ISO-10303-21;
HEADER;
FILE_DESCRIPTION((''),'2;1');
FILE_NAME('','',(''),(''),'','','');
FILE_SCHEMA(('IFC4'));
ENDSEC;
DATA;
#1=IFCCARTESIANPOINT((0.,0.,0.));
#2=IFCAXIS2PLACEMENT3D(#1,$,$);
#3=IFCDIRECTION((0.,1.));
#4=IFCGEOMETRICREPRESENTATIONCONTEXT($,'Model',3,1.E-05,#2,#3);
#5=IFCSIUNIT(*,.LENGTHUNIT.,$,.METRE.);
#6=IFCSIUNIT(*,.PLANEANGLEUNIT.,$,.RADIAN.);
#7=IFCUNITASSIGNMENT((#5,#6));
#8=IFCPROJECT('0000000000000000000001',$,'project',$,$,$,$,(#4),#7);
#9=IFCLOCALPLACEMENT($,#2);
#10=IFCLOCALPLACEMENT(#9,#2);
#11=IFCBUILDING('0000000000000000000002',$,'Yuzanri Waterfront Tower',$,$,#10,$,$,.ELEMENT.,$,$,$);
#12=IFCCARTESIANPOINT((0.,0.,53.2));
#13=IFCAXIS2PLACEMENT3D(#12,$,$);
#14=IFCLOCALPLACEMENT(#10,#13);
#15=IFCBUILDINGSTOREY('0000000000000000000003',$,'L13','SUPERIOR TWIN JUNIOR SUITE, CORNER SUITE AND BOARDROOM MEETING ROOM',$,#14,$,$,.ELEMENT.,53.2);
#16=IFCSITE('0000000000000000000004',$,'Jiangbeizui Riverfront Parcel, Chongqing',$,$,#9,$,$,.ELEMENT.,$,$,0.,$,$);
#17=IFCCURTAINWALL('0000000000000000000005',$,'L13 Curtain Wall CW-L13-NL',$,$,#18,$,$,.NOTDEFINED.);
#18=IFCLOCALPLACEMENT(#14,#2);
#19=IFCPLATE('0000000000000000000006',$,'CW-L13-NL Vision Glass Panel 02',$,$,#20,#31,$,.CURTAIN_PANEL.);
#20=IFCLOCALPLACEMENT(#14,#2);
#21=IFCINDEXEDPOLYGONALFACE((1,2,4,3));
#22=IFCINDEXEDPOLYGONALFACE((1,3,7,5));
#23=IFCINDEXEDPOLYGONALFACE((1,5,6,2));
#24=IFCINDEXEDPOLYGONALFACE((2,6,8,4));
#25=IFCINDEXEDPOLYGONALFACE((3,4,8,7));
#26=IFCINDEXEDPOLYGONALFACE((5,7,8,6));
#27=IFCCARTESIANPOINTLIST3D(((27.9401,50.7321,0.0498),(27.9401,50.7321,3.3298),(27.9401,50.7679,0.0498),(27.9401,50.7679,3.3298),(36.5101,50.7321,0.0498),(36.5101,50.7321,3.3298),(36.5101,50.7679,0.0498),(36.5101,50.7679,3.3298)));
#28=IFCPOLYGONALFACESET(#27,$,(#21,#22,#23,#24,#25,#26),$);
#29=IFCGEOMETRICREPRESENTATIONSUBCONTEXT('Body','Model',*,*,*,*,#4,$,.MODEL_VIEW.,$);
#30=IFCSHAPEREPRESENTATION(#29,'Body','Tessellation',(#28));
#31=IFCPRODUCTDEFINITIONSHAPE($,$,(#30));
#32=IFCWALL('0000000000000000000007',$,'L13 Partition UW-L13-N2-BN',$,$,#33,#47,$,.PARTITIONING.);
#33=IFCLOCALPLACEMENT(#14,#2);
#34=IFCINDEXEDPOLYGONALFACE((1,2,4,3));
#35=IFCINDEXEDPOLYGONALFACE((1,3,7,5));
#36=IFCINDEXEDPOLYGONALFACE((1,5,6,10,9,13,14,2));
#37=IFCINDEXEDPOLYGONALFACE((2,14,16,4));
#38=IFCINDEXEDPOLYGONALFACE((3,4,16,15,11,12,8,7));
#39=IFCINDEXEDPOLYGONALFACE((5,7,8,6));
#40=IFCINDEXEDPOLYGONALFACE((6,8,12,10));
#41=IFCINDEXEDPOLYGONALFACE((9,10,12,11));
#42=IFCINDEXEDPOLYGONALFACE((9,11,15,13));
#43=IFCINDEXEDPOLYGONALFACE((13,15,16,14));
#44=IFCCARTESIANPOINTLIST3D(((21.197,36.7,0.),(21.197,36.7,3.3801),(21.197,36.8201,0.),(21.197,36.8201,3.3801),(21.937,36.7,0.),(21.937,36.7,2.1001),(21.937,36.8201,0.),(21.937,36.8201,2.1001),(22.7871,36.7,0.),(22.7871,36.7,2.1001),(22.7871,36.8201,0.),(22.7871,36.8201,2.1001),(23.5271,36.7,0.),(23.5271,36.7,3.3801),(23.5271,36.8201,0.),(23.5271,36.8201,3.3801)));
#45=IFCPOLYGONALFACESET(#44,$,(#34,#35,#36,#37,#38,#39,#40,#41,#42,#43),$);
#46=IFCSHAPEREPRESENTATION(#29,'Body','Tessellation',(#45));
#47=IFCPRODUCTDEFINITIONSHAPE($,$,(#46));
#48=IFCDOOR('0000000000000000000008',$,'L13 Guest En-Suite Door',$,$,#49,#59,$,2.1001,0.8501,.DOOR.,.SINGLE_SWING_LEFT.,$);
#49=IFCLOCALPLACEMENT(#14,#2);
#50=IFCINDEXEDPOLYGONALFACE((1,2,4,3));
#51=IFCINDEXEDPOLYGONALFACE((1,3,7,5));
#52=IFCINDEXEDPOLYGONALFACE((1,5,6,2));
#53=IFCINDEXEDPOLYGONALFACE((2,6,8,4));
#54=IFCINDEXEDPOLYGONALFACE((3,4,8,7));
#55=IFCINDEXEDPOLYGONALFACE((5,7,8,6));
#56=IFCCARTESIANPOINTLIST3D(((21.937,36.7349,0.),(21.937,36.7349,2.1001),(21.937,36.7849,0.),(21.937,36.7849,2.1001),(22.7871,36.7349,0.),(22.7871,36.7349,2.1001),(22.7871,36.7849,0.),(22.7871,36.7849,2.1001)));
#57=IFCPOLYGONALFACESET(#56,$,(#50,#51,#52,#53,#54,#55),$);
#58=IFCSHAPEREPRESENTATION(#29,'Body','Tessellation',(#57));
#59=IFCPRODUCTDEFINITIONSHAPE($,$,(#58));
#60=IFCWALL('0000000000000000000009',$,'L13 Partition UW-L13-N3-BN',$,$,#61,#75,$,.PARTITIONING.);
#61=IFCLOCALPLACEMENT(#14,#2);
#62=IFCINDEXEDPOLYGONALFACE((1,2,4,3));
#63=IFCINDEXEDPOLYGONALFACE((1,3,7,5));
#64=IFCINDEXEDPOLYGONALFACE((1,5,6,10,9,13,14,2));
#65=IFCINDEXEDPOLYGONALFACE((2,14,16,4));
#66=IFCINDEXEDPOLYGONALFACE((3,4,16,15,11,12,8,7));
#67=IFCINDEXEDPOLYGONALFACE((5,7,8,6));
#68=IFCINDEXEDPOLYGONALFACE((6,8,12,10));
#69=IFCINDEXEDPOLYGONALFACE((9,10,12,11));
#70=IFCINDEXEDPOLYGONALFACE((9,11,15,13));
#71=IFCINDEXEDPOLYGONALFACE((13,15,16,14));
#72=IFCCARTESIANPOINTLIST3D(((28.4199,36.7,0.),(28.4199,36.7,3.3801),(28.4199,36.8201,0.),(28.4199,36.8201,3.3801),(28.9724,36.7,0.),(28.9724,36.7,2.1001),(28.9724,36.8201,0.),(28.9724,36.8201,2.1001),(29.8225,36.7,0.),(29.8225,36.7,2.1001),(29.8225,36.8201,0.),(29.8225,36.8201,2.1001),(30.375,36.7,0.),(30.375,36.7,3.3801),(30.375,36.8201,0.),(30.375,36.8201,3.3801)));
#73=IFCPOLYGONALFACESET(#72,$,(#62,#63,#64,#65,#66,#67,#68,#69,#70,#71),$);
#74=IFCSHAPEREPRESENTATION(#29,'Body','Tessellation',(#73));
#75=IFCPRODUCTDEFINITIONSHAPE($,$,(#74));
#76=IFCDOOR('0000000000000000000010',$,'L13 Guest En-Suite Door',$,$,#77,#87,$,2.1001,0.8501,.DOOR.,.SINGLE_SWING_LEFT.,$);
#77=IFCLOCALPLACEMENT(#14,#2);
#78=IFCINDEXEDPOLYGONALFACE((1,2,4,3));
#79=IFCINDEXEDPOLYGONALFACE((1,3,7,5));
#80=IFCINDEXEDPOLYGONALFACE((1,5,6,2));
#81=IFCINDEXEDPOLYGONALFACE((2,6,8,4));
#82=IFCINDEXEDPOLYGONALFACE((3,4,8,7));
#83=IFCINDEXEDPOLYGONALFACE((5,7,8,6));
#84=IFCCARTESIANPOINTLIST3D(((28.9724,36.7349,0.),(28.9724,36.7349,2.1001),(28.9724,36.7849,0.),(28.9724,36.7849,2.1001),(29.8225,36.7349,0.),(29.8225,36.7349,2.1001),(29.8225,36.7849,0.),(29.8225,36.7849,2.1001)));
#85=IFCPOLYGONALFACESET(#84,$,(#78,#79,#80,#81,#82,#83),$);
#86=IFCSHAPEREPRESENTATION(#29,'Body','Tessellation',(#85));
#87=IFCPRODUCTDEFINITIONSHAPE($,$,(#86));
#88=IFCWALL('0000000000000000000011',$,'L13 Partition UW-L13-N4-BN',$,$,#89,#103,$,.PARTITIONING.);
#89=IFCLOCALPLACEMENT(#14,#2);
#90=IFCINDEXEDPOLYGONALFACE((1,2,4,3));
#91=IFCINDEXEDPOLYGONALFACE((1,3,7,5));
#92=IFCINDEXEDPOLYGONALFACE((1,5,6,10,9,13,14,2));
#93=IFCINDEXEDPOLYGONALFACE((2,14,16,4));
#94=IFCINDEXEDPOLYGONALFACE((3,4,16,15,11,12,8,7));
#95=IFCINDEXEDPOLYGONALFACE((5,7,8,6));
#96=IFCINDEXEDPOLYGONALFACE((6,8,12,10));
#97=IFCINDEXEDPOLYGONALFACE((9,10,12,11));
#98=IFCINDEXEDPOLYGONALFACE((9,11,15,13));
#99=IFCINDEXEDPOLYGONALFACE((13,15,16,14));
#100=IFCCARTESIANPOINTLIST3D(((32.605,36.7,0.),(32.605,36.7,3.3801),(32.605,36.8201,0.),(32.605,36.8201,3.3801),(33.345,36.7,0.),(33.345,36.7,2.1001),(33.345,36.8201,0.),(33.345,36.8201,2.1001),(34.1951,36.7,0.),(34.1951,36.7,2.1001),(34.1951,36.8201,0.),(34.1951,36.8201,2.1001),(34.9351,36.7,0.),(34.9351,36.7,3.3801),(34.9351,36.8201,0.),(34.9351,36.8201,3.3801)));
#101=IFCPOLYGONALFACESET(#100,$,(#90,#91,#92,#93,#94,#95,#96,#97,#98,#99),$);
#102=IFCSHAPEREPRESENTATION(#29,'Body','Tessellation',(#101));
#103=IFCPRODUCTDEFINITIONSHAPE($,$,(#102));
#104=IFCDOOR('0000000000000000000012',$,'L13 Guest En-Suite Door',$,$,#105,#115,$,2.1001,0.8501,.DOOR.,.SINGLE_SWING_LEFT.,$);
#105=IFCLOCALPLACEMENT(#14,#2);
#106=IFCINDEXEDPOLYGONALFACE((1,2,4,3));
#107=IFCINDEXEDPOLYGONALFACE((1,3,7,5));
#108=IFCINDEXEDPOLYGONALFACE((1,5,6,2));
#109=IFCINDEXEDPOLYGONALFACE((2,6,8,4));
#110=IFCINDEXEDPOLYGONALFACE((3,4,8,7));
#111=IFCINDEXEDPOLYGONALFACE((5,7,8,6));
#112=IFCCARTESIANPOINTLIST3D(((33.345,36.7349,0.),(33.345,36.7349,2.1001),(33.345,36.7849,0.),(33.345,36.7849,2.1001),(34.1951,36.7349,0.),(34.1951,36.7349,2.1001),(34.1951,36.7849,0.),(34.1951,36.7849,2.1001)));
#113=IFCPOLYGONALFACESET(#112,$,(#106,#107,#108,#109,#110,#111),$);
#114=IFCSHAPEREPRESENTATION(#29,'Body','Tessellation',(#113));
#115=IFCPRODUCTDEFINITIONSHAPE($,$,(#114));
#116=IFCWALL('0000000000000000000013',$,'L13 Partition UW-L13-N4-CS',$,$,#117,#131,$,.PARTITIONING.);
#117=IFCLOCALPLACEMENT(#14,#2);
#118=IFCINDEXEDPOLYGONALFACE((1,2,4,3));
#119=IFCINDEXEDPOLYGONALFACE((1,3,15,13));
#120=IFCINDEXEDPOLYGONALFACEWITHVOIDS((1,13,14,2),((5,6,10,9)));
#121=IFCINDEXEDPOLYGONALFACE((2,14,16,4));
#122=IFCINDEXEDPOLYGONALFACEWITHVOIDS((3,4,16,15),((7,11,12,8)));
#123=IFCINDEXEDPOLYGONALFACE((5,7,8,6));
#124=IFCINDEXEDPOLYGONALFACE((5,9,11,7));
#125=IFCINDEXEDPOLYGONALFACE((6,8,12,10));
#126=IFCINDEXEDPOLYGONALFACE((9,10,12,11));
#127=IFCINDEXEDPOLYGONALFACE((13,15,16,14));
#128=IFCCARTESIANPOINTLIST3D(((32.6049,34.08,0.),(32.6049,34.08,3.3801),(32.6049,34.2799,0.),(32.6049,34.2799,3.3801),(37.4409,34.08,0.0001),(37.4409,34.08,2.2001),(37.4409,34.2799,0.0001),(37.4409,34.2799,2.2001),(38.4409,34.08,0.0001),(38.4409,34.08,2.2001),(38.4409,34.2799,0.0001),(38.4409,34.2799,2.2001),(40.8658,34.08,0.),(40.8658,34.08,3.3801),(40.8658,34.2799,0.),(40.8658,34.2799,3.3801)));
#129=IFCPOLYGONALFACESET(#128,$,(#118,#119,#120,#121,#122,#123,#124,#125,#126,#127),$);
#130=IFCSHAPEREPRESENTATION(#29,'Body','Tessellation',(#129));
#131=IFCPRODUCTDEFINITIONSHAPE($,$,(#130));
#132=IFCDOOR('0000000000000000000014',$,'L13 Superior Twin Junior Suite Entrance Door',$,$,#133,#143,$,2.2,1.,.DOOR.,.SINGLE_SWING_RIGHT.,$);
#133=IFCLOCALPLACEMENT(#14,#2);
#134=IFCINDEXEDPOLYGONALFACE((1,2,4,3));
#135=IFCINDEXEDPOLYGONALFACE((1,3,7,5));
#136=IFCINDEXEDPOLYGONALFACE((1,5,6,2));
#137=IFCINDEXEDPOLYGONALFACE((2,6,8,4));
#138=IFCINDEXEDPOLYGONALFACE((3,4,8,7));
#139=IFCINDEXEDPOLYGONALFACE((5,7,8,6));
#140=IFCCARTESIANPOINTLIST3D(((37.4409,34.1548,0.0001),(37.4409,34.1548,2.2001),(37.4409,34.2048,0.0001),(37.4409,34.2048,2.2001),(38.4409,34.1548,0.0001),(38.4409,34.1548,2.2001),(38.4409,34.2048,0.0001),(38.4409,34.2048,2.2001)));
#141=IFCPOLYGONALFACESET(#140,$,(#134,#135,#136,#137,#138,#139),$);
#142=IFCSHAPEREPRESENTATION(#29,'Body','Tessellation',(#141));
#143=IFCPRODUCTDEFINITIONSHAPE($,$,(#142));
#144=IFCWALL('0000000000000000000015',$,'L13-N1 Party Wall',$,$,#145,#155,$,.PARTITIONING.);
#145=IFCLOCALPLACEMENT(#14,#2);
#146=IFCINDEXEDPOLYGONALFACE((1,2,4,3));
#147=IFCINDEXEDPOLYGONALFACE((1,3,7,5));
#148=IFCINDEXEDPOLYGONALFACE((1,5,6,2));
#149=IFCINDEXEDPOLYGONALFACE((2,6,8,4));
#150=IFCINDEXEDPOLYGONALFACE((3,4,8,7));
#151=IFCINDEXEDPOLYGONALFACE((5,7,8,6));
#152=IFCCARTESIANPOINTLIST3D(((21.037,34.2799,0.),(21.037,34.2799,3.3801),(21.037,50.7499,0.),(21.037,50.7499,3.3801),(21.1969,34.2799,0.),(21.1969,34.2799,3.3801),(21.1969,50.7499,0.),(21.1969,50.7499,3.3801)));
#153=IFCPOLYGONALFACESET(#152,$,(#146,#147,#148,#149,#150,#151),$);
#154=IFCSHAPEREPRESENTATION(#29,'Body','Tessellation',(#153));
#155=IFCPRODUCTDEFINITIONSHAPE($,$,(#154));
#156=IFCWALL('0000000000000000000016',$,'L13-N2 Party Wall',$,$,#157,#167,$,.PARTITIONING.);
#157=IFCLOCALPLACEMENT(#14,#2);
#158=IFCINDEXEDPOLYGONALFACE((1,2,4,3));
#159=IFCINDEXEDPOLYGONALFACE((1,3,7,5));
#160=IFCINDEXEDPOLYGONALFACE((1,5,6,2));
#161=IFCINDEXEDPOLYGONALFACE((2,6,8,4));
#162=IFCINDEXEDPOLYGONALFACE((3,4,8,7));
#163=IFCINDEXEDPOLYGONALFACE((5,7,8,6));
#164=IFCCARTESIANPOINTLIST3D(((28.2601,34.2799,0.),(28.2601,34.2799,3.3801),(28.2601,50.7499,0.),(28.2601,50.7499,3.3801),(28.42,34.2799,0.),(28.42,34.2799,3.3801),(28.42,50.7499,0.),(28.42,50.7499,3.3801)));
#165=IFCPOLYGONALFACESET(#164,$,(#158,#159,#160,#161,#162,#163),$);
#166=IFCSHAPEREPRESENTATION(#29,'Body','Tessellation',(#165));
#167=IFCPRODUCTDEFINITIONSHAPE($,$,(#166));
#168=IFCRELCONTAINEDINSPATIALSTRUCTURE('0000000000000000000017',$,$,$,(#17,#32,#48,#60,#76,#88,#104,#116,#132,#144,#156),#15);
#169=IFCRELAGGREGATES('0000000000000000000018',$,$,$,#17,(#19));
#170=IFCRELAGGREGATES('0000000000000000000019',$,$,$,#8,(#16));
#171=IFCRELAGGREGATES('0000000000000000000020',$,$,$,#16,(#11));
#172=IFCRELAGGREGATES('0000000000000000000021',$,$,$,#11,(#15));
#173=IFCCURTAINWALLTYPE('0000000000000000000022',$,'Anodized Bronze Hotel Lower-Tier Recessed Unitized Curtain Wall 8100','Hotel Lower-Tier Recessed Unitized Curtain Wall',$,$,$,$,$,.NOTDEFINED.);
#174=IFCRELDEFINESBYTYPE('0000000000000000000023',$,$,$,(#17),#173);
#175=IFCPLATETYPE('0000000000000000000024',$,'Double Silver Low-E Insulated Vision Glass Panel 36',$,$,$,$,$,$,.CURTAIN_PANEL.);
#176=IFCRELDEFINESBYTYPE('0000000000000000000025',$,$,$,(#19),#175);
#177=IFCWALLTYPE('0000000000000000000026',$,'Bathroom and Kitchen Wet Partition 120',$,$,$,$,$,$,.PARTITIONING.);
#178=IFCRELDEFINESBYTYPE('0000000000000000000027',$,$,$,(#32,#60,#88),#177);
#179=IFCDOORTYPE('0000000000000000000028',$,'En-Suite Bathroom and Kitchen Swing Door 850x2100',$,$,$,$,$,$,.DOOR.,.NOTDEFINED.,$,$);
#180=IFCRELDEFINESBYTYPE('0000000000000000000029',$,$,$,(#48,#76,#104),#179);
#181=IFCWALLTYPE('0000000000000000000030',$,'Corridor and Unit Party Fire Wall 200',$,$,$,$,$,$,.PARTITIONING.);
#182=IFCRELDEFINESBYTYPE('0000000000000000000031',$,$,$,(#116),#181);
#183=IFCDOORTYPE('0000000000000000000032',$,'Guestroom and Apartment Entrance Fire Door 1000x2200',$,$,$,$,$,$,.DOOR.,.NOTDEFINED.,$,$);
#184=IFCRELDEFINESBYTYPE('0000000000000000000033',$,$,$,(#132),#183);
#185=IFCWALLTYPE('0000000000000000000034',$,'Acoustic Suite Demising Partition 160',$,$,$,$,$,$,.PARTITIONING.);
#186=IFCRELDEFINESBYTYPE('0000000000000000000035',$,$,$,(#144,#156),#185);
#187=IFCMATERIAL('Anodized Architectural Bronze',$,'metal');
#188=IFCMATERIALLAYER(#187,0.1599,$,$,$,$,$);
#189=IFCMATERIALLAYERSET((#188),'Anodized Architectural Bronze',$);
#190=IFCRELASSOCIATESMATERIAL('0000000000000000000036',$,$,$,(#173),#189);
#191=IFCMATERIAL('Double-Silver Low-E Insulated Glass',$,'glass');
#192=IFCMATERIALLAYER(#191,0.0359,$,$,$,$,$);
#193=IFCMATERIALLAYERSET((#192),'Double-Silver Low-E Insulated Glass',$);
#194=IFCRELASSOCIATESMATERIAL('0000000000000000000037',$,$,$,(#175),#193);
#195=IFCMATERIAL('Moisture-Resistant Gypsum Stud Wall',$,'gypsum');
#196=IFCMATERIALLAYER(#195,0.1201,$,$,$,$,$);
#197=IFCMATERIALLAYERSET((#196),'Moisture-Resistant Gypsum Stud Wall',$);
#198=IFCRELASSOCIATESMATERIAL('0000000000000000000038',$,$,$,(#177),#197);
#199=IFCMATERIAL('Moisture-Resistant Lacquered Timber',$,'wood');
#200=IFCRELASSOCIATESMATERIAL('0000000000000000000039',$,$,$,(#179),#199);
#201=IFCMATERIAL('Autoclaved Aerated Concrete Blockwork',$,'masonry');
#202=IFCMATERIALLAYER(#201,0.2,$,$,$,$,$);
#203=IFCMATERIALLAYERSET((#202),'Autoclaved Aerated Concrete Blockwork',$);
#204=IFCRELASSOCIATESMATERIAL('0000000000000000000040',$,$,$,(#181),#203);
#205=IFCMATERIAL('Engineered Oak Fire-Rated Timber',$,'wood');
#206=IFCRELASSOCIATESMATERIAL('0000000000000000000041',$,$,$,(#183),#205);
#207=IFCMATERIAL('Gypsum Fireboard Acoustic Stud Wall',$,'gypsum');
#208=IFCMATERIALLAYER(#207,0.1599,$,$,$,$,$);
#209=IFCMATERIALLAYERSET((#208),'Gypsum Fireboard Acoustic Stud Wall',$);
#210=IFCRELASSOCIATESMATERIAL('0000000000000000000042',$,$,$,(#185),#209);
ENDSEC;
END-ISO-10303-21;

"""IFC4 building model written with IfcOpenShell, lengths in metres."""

from ifc_helpers import new_model, si_unit, direction, frame, frame_2d, origin, origin_2d, place, context, subcontext, project, spatial, rectangle, extrude, source, transform, mapped, material, layer, layer_set, type_object, element, fill, aggregate, save


model = new_model("IFC4")

# Units and contexts
model_context = context("Model", 3, precision=1e-05, world=origin(), true_north=direction((0.0, 1.0)))
body_context = subcontext(model_context, "Body", "Model", "MODEL_VIEW")
ifc_project = project(units=[si_unit("LENGTHUNIT", "METRE"), si_unit("PLANEANGLEUNIT", "RADIAN")], contexts=[model_context])

# Site, building, storey
site_placement = place(None, origin())
site = spatial("IfcSite", under=ifc_project, at=site_placement, Name="Jiangbeizui Riverfront Parcel, Chongqing", CompositionType="ELEMENT", RefElevation=0.0)
building_placement = place(site_placement, origin())
building = spatial("IfcBuilding", under=site, at=building_placement, Name="Yuzanri Waterfront Tower", CompositionType="ELEMENT")
storey_placement = place(building_placement, frame((0.0, 0.0, 53.2)))
storey = spatial("IfcBuildingStorey", under=building, at=storey_placement, Name="L13", Description="SUPERIOR TWIN JUNIOR SUITE, CORNER SUITE AND BOARDROOM MEETING ROOM", CompositionType="ELEMENT", Elevation=53.2)

# Curtain wall, plate
ifc_material_1 = material(Name="Anodized Architectural Bronze", Category="metal")
ifc_layer_1 = layer(ifc_material_1, 0.1599)
ifc_layer_set_1 = layer_set([ifc_layer_1], Name="Anodized Architectural Bronze")
curtain_wall_type = type_object("IfcCurtainWallType", Name="Anodized Bronze Hotel Lower-Tier Recessed Unitized Curtain Wall 8100", Description="Hotel Lower-Tier Recessed Unitized Curtain Wall", PredefinedType="NOTDEFINED", material=ifc_layer_set_1)
curtain_wall_placement = place(storey_placement, origin())
curtain_wall = element("IfcCurtainWall", 1, at=curtain_wall_placement, inside=storey, type_object=curtain_wall_type, Name="L13 Curtain Wall CW-L13-NL", PredefinedType="NOTDEFINED")
ifc_material_2 = material(Name="Double-Silver Low-E Insulated Glass", Category="glass")
ifc_layer_2 = layer(ifc_material_2, 0.0359)
ifc_layer_set_2 = layer_set([ifc_layer_2], Name="Double-Silver Low-E Insulated Glass")
plate_type = type_object("IfcPlateType", Name="Double Silver Low-E Insulated Vision Glass Panel 36", PredefinedType="CURTAIN_PANEL", material=ifc_layer_set_2)
shared_shape_1 = source(origin(), body_context, "Body", "SweptSolid", [
    extrude(rectangle(XDim=8.5701, YDim=0.0359, at=origin_2d()), origin(), (0.0, 0.0, 1.0), 3.28),
])
plate_1_placement = place(storey_placement, frame((32.2251, 50.75, 0.0498), z_axis=(0.0, 0.0, 1.0), x_axis=(1.0, 0.0, 0.0)))
plate_1 = element("IfcPlate", 2, at=plate_1_placement, type_object=plate_type, Name="CW-L13-NL Vision Glass Panel 02", PredefinedType="CURTAIN_PANEL", context=body_context, shape_type="MappedRepresentation", body=[
    mapped(shared_shape_1, transform((0.0, 0.0, 0.0), scale=1.0)),
])
aggregate(curtain_wall, [plate_1])

# Walls, openings, doors
ifc_material_3 = material(Name="Moisture-Resistant Gypsum Stud Wall", Category="gypsum")
ifc_layer_3 = layer(ifc_material_3, 0.1201)
ifc_layer_set_3 = layer_set([ifc_layer_3], Name="Moisture-Resistant Gypsum Stud Wall")
wall_type_1 = type_object("IfcWallType", Name="Bathroom and Kitchen Wet Partition 120", PredefinedType="PARTITIONING", material=ifc_layer_set_3)
wall_1_placement = place(storey_placement, frame((21.197, 36.76, 0.0), z_axis=(0.0, 0.0, 1.0), x_axis=(1.0, 0.0, 0.0)))
wall_1 = element("IfcWall", 3, at=wall_1_placement, inside=storey, type_object=wall_type_1, Name="L13 Partition UW-L13-N2-BN", PredefinedType="PARTITIONING", context=body_context, shape_type="SweptSolid", body=[
    extrude(rectangle(XDim=2.3301, YDim=0.1201, at=frame_2d((1.165, 0.0))), origin(), (0.0, 0.0, 1.0), 3.3801),
])
opening_1_placement = place(wall_1_placement, frame((0.74, 0.0, 0.0)))
opening_1 = element("IfcOpeningElement", 4, at=opening_1_placement, cuts=wall_1, PredefinedType="OPENING", context=body_context, shape_type="SweptSolid", body=[
    extrude(rectangle(XDim=0.8501, YDim=2.1001, at=frame_2d((0.425, 1.05))), frame((0.0, 0.075, 0.0), z_axis=(0.0, -1.0, 0.0), x_axis=(1.0, 0.0, 0.0)), (0.0, 0.0, 1.0), 0.1499),
])
ifc_material_4 = material(Name="Moisture-Resistant Lacquered Timber", Category="wood")
door_type_1 = type_object("IfcDoorType", Name="En-Suite Bathroom and Kitchen Swing Door 850x2100", OperationType="NOTDEFINED", PredefinedType="DOOR", material=ifc_material_4)
shared_shape_2 = source(origin(), body_context, "Body", "SweptSolid", [
    extrude(rectangle(XDim=0.8501, YDim=2.1001, at=frame_2d((0.425, 1.05))), frame((0.0, 0.0249, 0.0), z_axis=(0.0, -1.0, 0.0), x_axis=(1.0, 0.0, 0.0)), (0.0, 0.0, 1.0), 0.05),
])
door_1_placement = place(opening_1_placement, origin())
door_1 = element("IfcDoor", 5, at=door_1_placement, inside=storey, type_object=door_type_1, Name="L13 Guest En-Suite Door", OperationType="SINGLE_SWING_LEFT", OverallHeight=2.1001, OverallWidth=0.8501, PredefinedType="DOOR", context=body_context, shape_type="MappedRepresentation", body=[
    mapped(shared_shape_2, transform((0.0, 0.0, 0.0), scale=1.0)),
])
fill(opening_1, door_1)
wall_2_placement = place(storey_placement, frame((28.4199, 36.76, 0.0), z_axis=(0.0, 0.0, 1.0), x_axis=(1.0, 0.0, 0.0)))
wall_2 = element("IfcWall", 6, at=wall_2_placement, inside=storey, type_object=wall_type_1, Name="L13 Partition UW-L13-N3-BN", PredefinedType="PARTITIONING", context=body_context, shape_type="SweptSolid", body=[
    extrude(rectangle(XDim=1.9551, YDim=0.1201, at=frame_2d((0.9775, 0.0))), origin(), (0.0, 0.0, 1.0), 3.3801),
])
opening_2_placement = place(wall_2_placement, frame((0.5525, 0.0, 0.0)))
opening_2 = element("IfcOpeningElement", 7, at=opening_2_placement, cuts=wall_2, PredefinedType="OPENING", context=body_context, shape_type="SweptSolid", body=[
    extrude(rectangle(XDim=0.8501, YDim=2.1001, at=frame_2d((0.425, 1.05))), frame((0.0, 0.075, 0.0), z_axis=(0.0, -1.0, 0.0), x_axis=(1.0, 0.0, 0.0)), (0.0, 0.0, 1.0), 0.1499),
])
door_2_placement = place(opening_2_placement, origin())
door_2 = element("IfcDoor", 8, at=door_2_placement, inside=storey, type_object=door_type_1, Name="L13 Guest En-Suite Door", OperationType="SINGLE_SWING_LEFT", OverallHeight=2.1001, OverallWidth=0.8501, PredefinedType="DOOR", context=body_context, shape_type="MappedRepresentation", body=[
    mapped(shared_shape_2, transform((0.0, 0.0, 0.0), scale=1.0)),
])
fill(opening_2, door_2)
wall_3_placement = place(storey_placement, frame((32.605, 36.76, 0.0), z_axis=(0.0, 0.0, 1.0), x_axis=(1.0, 0.0, 0.0)))
wall_3 = element("IfcWall", 9, at=wall_3_placement, inside=storey, type_object=wall_type_1, Name="L13 Partition UW-L13-N4-BN", PredefinedType="PARTITIONING", context=body_context, shape_type="SweptSolid", body=[
    extrude(rectangle(XDim=2.3301, YDim=0.1201, at=frame_2d((1.165, 0.0))), origin(), (0.0, 0.0, 1.0), 3.3801),
])
opening_3_placement = place(wall_3_placement, frame((0.74, 0.0, 0.0)))
opening_3 = element("IfcOpeningElement", 10, at=opening_3_placement, cuts=wall_3, PredefinedType="OPENING", context=body_context, shape_type="SweptSolid", body=[
    extrude(rectangle(XDim=0.8501, YDim=2.1001, at=frame_2d((0.425, 1.05))), frame((0.0, 0.075, 0.0), z_axis=(0.0, -1.0, 0.0), x_axis=(1.0, 0.0, 0.0)), (0.0, 0.0, 1.0), 0.1499),
])
door_3_placement = place(opening_3_placement, origin())
door_3 = element("IfcDoor", 11, at=door_3_placement, inside=storey, type_object=door_type_1, Name="L13 Guest En-Suite Door", OperationType="SINGLE_SWING_LEFT", OverallHeight=2.1001, OverallWidth=0.8501, PredefinedType="DOOR", context=body_context, shape_type="MappedRepresentation", body=[
    mapped(shared_shape_2, transform((0.0, 0.0, 0.0), scale=1.0)),
])
fill(opening_3, door_3)
ifc_material_5 = material(Name="Autoclaved Aerated Concrete Blockwork", Category="masonry")
ifc_layer_4 = layer(ifc_material_5, 0.2)
ifc_layer_set_4 = layer_set([ifc_layer_4], Name="Autoclaved Aerated Concrete Blockwork")
wall_type_2 = type_object("IfcWallType", Name="Corridor and Unit Party Fire Wall 200", PredefinedType="PARTITIONING", material=ifc_layer_set_4)
wall_4_placement = place(storey_placement, frame((32.605, 34.1799, 0.0), z_axis=(0.0, 0.0, 1.0), x_axis=(1.0, 0.0, 0.0)))
wall_4 = element("IfcWall", 12, at=wall_4_placement, inside=storey, type_object=wall_type_2, Name="L13 Partition UW-L13-N4-CS", PredefinedType="PARTITIONING", context=body_context, shape_type="SweptSolid", body=[
    extrude(rectangle(XDim=8.261, YDim=0.2, at=frame_2d((4.1304, 0.0))), origin(), (0.0, 0.0, 1.0), 3.3801),
])
opening_4_placement = place(wall_4_placement, frame((4.8359, 0.0, 0.0)))
opening_4 = element("IfcOpeningElement", 13, at=opening_4_placement, cuts=wall_4, PredefinedType="OPENING", context=body_context, shape_type="SweptSolid", body=[
    extrude(rectangle(XDim=1.0, YDim=2.2, at=frame_2d((0.5, 1.1001))), frame((0.0, 0.1147, 0.0), z_axis=(0.0, -1.0, 0.0), x_axis=(1.0, 0.0, 0.0)), (0.0, 0.0, 1.0), 0.2297),
])
ifc_material_6 = material(Name="Engineered Oak Fire-Rated Timber", Category="wood")
door_type_2 = type_object("IfcDoorType", Name="Guestroom and Apartment Entrance Fire Door 1000x2200", OperationType="NOTDEFINED", PredefinedType="DOOR", material=ifc_material_6)
shared_shape_3 = source(origin(), body_context, "Body", "SweptSolid", [
    extrude(rectangle(XDim=1.0, YDim=2.2, at=frame_2d((0.5, 1.1001))), frame((0.0, 0.0249, 0.0), z_axis=(0.0, -1.0, 0.0), x_axis=(1.0, 0.0, 0.0)), (0.0, 0.0, 1.0), 0.05),
])
door_4_placement = place(opening_4_placement, origin())
door_4 = element("IfcDoor", 14, at=door_4_placement, inside=storey, type_object=door_type_2, Name="L13 Superior Twin Junior Suite Entrance Door", OperationType="SINGLE_SWING_RIGHT", OverallHeight=2.2, OverallWidth=1.0, PredefinedType="DOOR", context=body_context, shape_type="MappedRepresentation", body=[
    mapped(shared_shape_3, transform((0.0, 0.0, 0.0), scale=1.0)),
])
fill(opening_4, door_4)

# Walls
ifc_material_7 = material(Name="Gypsum Fireboard Acoustic Stud Wall", Category="gypsum")
ifc_layer_5 = layer(ifc_material_7, 0.1599)
ifc_layer_set_5 = layer_set([ifc_layer_5], Name="Gypsum Fireboard Acoustic Stud Wall")
wall_type_3 = type_object("IfcWallType", Name="Acoustic Suite Demising Partition 160", PredefinedType="PARTITIONING", material=ifc_layer_set_5)
shared_shape_4 = source(origin(), body_context, "Body", "SweptSolid", [
    extrude(rectangle(XDim=16.47, YDim=0.1599, at=frame_2d((8.2349, 0.0))), origin(), (0.0, 0.0, 1.0), 3.3801),
])
for number, where, z_axis, x_axis, name in (
    (15, (21.1169, 34.28, 0.0), (0.0, 0.0, 1.0), (0.0, 1.0, 0.0), "L13-N1 Party Wall"),
    (16, (28.3401, 34.28, 0.0), (0.0, 0.0, 1.0), (0.0, 1.0, 0.0), "L13-N2 Party Wall"),
):
    element("IfcWall", number, at=place(storey_placement, frame(where, z_axis=z_axis, x_axis=x_axis)), inside=storey, type_object=wall_type_3, Name=name, PredefinedType="PARTITIONING", context=body_context, shape_type="MappedRepresentation", body=[
        mapped(shared_shape_4, transform((0.0, 0.0, 0.0), scale=1.0)),
    ])

save(model, "model.ifc")
